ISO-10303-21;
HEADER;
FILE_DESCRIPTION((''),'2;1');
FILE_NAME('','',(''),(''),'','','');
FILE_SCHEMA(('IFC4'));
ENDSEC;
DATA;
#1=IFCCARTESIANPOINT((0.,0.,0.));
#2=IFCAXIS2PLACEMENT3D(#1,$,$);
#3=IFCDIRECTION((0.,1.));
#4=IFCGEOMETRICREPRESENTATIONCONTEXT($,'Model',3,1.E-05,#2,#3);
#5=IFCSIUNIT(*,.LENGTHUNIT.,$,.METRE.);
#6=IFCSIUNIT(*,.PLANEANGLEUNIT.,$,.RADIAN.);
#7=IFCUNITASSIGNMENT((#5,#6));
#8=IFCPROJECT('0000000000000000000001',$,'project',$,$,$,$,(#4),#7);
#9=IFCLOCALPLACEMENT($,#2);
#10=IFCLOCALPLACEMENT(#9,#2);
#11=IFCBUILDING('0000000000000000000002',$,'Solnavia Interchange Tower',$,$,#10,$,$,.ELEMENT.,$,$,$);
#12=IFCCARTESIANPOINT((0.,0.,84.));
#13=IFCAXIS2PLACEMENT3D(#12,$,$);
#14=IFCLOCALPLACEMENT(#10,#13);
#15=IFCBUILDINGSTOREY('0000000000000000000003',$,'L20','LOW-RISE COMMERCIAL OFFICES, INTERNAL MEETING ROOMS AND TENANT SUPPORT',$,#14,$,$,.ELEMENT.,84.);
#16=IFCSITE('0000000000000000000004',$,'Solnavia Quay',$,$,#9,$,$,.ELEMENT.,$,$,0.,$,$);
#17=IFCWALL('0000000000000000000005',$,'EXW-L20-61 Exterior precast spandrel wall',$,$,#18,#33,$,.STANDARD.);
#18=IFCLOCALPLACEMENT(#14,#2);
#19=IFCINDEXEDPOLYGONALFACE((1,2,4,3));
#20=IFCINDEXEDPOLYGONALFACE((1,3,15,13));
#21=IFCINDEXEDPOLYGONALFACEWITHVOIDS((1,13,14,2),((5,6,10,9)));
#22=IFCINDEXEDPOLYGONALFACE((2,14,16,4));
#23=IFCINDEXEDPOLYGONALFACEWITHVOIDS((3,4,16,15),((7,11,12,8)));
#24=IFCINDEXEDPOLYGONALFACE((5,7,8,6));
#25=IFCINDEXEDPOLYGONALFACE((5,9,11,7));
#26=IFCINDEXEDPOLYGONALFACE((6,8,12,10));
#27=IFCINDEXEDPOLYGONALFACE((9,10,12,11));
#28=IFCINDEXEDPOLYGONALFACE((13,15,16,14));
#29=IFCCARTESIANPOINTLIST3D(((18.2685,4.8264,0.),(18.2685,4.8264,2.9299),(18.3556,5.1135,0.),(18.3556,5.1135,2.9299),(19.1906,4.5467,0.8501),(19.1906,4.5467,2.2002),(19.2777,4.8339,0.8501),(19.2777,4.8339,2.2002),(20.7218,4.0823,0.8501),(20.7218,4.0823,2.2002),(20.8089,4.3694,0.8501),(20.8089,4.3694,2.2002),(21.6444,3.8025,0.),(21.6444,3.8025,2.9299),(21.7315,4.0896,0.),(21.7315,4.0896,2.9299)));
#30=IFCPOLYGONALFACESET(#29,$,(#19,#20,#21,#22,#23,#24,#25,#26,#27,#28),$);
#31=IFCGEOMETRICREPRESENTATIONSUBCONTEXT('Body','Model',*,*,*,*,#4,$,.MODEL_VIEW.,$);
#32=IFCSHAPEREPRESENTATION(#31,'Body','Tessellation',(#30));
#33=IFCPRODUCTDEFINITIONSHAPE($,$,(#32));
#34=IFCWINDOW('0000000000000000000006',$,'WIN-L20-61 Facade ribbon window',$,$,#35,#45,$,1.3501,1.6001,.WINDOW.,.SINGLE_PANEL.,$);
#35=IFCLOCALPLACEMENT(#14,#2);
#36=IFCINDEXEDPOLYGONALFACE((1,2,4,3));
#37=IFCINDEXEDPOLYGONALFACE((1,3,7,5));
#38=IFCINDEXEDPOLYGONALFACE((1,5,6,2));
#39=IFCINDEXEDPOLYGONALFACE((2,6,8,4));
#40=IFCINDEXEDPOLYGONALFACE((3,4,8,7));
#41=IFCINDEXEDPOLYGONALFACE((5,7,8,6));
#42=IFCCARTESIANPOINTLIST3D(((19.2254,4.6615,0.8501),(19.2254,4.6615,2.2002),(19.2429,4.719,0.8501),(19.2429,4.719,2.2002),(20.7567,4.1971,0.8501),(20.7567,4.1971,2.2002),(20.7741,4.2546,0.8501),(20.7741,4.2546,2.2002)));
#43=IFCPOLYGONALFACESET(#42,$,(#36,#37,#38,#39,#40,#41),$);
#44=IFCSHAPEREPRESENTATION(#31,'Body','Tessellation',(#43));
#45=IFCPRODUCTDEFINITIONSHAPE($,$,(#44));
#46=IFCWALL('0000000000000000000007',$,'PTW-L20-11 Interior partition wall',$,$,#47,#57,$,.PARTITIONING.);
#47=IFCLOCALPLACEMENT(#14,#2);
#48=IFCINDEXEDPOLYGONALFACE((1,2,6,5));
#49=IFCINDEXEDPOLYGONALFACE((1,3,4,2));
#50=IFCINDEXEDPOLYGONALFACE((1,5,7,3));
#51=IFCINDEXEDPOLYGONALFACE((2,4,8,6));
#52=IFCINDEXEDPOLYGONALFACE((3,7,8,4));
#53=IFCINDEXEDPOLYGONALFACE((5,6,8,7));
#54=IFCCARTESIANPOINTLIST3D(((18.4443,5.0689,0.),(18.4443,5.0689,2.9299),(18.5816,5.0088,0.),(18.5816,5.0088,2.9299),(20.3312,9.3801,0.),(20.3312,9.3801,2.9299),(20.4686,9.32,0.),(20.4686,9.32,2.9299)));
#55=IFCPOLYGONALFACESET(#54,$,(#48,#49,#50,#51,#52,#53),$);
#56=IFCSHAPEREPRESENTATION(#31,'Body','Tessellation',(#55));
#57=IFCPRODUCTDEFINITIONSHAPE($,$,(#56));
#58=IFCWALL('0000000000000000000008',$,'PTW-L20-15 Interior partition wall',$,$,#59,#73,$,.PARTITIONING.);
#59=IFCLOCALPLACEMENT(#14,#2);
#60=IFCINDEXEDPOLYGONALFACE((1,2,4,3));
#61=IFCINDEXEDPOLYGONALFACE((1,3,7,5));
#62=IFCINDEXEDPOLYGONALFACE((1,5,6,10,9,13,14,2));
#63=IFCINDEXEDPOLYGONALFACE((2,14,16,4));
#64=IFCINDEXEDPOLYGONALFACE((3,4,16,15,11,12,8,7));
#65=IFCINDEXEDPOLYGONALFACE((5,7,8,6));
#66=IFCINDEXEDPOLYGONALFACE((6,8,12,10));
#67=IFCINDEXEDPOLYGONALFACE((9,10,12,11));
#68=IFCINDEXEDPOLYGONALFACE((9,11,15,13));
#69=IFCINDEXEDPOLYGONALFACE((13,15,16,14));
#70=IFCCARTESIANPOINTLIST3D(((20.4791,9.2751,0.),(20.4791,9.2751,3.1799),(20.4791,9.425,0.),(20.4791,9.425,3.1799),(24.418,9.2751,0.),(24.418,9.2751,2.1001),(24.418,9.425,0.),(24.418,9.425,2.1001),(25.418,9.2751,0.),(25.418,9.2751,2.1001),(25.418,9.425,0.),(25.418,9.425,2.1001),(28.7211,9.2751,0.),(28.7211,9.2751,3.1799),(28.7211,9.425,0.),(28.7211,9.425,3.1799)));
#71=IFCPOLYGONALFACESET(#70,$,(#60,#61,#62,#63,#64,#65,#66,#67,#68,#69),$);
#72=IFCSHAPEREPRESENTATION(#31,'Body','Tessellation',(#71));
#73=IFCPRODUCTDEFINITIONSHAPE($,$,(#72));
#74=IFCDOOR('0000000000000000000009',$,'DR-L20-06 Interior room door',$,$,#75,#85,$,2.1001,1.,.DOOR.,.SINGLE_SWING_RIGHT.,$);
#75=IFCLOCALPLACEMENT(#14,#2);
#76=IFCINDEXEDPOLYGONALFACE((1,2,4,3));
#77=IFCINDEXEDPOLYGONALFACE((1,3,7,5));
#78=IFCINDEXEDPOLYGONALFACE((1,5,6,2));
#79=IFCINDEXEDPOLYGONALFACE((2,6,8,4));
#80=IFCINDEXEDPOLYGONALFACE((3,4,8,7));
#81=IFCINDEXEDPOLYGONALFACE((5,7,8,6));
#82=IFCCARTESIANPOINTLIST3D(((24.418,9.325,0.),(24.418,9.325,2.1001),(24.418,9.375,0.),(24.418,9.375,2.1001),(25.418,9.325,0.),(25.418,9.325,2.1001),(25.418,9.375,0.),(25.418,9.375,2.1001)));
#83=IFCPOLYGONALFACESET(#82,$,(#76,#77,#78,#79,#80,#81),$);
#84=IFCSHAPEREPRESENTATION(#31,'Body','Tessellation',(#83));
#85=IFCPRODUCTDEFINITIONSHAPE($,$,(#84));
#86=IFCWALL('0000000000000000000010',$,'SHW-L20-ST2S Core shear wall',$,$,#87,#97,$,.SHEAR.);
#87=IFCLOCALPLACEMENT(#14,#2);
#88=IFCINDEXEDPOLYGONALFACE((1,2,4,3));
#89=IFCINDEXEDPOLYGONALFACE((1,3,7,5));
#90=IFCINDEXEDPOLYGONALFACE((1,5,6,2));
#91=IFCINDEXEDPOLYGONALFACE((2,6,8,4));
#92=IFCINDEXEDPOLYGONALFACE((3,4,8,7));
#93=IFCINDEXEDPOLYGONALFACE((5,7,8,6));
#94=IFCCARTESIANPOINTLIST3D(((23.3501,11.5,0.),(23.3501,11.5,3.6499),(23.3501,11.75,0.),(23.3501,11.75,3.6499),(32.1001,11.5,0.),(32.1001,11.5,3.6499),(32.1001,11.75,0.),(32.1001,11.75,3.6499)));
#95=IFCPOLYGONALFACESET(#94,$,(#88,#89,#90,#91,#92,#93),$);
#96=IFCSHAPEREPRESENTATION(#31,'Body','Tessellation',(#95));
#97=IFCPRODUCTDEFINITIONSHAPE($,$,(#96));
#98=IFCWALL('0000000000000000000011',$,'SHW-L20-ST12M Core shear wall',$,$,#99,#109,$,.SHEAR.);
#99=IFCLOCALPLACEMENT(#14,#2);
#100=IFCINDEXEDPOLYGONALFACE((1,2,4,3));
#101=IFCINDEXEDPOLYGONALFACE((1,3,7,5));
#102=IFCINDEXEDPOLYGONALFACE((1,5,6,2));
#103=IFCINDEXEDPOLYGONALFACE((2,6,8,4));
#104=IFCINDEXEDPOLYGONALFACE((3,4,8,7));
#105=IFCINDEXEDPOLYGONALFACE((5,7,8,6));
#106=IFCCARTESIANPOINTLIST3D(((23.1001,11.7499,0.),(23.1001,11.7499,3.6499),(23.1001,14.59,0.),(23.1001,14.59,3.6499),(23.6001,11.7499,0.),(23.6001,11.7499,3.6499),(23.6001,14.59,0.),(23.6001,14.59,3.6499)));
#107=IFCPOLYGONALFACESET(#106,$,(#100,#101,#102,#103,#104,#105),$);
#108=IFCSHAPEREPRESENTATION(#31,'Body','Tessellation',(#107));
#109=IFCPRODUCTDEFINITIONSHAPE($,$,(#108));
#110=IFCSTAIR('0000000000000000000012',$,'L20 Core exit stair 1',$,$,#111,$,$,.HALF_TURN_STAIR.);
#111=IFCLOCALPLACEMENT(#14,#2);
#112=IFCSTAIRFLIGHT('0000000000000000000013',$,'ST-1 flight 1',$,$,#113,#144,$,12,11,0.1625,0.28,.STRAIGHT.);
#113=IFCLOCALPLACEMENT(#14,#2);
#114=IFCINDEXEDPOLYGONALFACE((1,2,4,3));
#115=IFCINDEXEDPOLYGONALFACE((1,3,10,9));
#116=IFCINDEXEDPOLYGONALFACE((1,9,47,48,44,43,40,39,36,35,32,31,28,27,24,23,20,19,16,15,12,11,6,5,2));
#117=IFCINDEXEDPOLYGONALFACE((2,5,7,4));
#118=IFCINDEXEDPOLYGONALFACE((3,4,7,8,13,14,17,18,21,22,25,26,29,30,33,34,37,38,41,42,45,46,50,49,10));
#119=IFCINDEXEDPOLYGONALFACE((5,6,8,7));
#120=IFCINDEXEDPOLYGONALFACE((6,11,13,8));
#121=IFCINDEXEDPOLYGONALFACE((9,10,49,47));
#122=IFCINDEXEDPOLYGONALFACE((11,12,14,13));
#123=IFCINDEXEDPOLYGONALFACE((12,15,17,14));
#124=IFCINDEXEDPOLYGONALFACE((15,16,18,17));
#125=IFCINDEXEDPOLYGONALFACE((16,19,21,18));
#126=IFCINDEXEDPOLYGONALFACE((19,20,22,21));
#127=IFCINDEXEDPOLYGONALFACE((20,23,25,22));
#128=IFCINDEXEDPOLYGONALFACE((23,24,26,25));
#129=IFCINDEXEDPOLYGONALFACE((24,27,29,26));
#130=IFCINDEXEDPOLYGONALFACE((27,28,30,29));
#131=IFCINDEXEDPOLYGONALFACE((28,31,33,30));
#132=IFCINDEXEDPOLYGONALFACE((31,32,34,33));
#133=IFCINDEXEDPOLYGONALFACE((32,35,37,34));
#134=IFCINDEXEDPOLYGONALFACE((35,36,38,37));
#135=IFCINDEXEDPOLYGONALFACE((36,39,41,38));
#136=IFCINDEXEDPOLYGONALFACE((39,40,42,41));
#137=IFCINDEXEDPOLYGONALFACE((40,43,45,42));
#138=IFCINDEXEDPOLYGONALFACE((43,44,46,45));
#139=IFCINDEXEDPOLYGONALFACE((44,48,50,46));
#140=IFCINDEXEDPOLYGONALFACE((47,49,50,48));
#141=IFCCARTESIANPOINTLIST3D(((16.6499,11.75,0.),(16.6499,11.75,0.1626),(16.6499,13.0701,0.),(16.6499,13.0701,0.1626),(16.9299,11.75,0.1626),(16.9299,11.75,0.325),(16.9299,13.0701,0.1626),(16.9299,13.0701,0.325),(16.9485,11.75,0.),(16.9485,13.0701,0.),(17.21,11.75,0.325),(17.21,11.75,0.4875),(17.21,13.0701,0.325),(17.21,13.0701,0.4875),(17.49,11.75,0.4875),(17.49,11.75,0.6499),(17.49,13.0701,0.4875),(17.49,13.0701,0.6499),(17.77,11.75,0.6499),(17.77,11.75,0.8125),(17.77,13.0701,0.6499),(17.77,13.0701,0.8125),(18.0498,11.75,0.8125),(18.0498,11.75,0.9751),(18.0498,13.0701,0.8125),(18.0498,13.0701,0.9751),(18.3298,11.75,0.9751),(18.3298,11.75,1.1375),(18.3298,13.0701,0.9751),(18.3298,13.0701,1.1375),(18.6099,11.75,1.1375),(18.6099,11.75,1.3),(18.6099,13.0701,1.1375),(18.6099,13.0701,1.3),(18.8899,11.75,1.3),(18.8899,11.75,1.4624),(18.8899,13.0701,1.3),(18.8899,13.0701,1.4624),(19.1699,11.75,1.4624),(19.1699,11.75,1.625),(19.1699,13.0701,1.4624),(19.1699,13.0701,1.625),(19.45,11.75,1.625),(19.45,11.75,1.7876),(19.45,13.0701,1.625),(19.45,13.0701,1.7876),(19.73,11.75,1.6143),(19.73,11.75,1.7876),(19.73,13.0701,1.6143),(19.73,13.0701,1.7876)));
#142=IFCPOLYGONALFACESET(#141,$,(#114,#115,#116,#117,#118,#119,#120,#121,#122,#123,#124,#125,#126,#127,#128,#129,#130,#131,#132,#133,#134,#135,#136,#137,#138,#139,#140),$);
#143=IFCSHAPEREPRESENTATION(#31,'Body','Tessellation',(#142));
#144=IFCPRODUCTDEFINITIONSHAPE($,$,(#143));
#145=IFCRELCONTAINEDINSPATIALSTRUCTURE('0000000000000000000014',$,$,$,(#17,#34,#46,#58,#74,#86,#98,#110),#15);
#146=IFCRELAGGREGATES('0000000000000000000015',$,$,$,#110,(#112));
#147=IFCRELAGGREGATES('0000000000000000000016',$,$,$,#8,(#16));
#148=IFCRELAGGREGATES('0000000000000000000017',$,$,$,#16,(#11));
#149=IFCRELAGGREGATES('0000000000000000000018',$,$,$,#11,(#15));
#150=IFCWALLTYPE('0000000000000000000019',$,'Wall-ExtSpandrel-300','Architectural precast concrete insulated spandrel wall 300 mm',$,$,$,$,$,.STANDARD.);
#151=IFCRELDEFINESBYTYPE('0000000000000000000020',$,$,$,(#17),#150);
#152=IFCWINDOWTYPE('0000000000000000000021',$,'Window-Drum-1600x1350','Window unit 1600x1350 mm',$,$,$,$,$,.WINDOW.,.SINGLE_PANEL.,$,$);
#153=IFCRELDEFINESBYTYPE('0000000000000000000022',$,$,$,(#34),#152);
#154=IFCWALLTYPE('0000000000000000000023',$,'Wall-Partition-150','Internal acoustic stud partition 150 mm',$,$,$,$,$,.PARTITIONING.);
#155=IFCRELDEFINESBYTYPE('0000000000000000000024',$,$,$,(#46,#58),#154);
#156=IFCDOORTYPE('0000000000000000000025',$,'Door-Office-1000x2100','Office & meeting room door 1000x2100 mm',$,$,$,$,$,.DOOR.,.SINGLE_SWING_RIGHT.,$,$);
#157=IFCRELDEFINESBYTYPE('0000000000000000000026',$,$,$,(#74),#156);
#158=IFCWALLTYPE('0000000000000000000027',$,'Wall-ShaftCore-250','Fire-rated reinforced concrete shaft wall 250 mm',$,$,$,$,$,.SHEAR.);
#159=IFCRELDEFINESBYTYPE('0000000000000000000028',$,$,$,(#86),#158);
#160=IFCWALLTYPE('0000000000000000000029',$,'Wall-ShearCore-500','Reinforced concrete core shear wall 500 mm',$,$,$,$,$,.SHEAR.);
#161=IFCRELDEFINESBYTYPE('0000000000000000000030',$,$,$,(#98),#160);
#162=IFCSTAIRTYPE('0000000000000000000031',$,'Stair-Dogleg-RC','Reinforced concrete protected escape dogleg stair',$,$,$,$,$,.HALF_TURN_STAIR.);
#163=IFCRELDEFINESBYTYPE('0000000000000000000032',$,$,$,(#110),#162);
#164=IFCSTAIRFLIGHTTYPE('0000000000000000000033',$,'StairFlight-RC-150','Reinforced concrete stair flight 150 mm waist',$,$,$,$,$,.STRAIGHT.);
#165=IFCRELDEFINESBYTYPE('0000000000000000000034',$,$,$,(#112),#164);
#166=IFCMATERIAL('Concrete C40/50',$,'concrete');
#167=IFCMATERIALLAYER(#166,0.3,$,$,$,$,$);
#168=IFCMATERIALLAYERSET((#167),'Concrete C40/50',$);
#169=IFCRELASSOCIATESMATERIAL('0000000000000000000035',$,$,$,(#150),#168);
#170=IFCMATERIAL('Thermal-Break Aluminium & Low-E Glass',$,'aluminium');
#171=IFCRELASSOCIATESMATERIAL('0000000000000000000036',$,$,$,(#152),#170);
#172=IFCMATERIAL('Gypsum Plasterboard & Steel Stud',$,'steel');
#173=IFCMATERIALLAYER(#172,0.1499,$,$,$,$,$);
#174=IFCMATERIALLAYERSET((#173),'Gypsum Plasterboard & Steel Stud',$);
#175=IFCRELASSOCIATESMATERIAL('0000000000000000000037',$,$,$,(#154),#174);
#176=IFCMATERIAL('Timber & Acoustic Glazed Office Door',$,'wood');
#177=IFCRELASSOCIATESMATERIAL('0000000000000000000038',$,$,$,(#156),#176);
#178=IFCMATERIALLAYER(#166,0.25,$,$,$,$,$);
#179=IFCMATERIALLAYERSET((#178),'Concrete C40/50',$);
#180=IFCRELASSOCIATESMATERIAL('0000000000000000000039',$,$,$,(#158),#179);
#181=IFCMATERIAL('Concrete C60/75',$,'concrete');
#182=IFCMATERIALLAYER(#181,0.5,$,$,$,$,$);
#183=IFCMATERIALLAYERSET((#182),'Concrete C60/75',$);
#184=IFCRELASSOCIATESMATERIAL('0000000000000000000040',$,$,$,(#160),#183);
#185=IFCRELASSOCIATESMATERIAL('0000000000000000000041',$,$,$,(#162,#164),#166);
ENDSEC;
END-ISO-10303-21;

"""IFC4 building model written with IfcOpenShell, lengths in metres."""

from ifc_helpers import new_model, si_unit, direction, frame, frame_2d, origin, place, context, subcontext, project, spatial, polyline, rectangle, outline, extrude, material, layer, layer_set, type_object, element, fill, aggregate, save


model = new_model("IFC4")

# Units and contexts
model_context = context("Model", 3, precision=1e-05, world=origin(), true_north=direction((0.0, 1.0)))
body_context = subcontext(model_context, "Body", "Model", "MODEL_VIEW")
ifc_project = project(units=[si_unit("LENGTHUNIT", "METRE"), si_unit("PLANEANGLEUNIT", "RADIAN")], contexts=[model_context])

# Site, building, storey
site_placement = place(None, origin())
site = spatial("IfcSite", under=ifc_project, at=site_placement, Name="Solnavia Quay", CompositionType="ELEMENT", RefElevation=0.0)
building_placement = place(site_placement, origin())
building = spatial("IfcBuilding", under=site, at=building_placement, Name="Solnavia Interchange Tower", CompositionType="ELEMENT")
storey_placement = place(building_placement, frame((0.0, 0.0, 84.0)))
storey = spatial("IfcBuildingStorey", under=building, at=storey_placement, Name="L20", Description="LOW-RISE COMMERCIAL OFFICES, INTERNAL MEETING ROOMS AND TENANT SUPPORT", CompositionType="ELEMENT", Elevation=84.0)

# Shared definitions
ifc_material_1 = material(Name="Concrete C60/75", Category="concrete")

# Wall, opening, window
ifc_material_2 = material(Name="Concrete C40/50", Category="concrete")
ifc_layer_1 = layer(ifc_material_2, 0.3)
ifc_layer_set_1 = layer_set([ifc_layer_1], Name="Concrete C40/50")
wall_type_1 = type_object("IfcWallType", Name="Wall-ExtSpandrel-300", Description="Architectural precast concrete insulated spandrel wall 300 mm", PredefinedType="STANDARD", material=ifc_layer_set_1)
ifc_material_3 = material(Name="Thermal-Break Aluminium & Low-E Glass", Category="aluminium")
window_type = type_object("IfcWindowType", Name="Window-Drum-1600x1350", Description="Window unit 1600x1350 mm", PartitioningType="SINGLE_PANEL", PredefinedType="WINDOW", material=ifc_material_3)
wall_1_placement = place(storey_placement, frame((21.688, 3.946, 0.0), z_axis=(0.0, 0.0, 1.0), x_axis=(-0.956953, 0.290242, 0.0)))
wall_1 = element("IfcWall", 1, at=wall_1_placement, inside=storey, type_object=wall_type_1, Name="EXW-L20-61 Exterior precast spandrel wall", PredefinedType="STANDARD", context=body_context, shape_type="SweptSolid", body=[
    extrude(rectangle(XDim=3.5278, YDim=0.3, at=frame_2d((1.7639, 0.0))), origin(), (0.0, 0.0, 1.0), 2.9299),
])
opening_1_placement = place(wall_1_placement, frame((0.9641, 0.0, 0.8501)))
opening_1 = element("IfcOpeningElement", 2, at=opening_1_placement, cuts=wall_1, PredefinedType="OPENING", context=body_context, shape_type="SweptSolid", body=[
    extrude(rectangle(XDim=1.6001, YDim=1.3501, at=frame_2d((0.8, 0.675))), frame((0.0, 0.1602, 0.0), z_axis=(0.0, -1.0, 0.0), x_axis=(1.0, 0.0, 0.0)), (0.0, 0.0, 1.0), 0.3201),
])
window_1_placement = place(opening_1_placement, origin())
window_1 = element("IfcWindow", 3, at=window_1_placement, inside=storey, type_object=window_type, Name="WIN-L20-61 Facade ribbon window", OverallHeight=1.3501, OverallWidth=1.6001, PartitioningType="SINGLE_PANEL", PredefinedType="WINDOW", context=body_context, shape_type="SweptSolid", body=[
    extrude(rectangle(XDim=1.6001, YDim=1.3501, at=frame_2d((0.8, 0.675))), frame((0.0, 0.03, 0.0), z_axis=(0.0, -1.0, 0.0), x_axis=(1.0, 0.0, 0.0)), (0.0, 0.0, 1.0), 0.0601),
])
fill(opening_1, window_1)

# Wall
ifc_material_4 = material(Name="Gypsum Plasterboard & Steel Stud", Category="steel")
ifc_layer_2 = layer(ifc_material_4, 0.1499)
ifc_layer_set_2 = layer_set([ifc_layer_2], Name="Gypsum Plasterboard & Steel Stud")
wall_type_2 = type_object("IfcWallType", Name="Wall-Partition-150", Description="Internal acoustic stud partition 150 mm", PredefinedType="PARTITIONING", material=ifc_layer_set_2)
wall_2_placement = place(storey_placement, frame((20.3999, 9.3501, 0.0), z_axis=(0.0, 0.0, 1.0), x_axis=(-0.400958, -0.916097, 0.0)))
element("IfcWall", 4, at=wall_2_placement, inside=storey, type_object=wall_type_2, Name="PTW-L20-11 Interior partition wall", PredefinedType="PARTITIONING", context=body_context, shape_type="SweptSolid", body=[
    extrude(rectangle(XDim=4.7061, YDim=0.1499, at=frame_2d((2.353, 0.0))), origin(), (0.0, 0.0, 1.0), 2.9299),
])

# Wall, opening, door
wall_3_placement = place(storey_placement, frame((20.479, 9.3501, 0.0), z_axis=(0.0, 0.0, 1.0), x_axis=(1.0, 0.0, 0.0)))
wall_3 = element("IfcWall", 5, at=wall_3_placement, inside=storey, type_object=wall_type_2, Name="PTW-L20-15 Interior partition wall", PredefinedType="PARTITIONING", context=body_context, shape_type="SweptSolid", body=[
    extrude(rectangle(XDim=8.2419, YDim=0.1499, at=frame_2d((4.1211, 0.0))), origin(), (0.0, 0.0, 1.0), 3.1799),
])
opening_2_placement = place(wall_3_placement, frame((3.939, 0.0, 0.0)))
opening_2 = element("IfcOpeningElement", 6, at=opening_2_placement, cuts=wall_3, PredefinedType="OPENING", context=body_context, shape_type="SweptSolid", body=[
    extrude(rectangle(XDim=1.0, YDim=2.1001, at=frame_2d((0.5, 1.05))), frame((0.0, 0.085, 0.0), z_axis=(0.0, -1.0, 0.0), x_axis=(1.0, 0.0, 0.0)), (0.0, 0.0, 1.0), 0.1699),
])
ifc_material_5 = material(Name="Timber & Acoustic Glazed Office Door", Category="wood")
door_type = type_object("IfcDoorType", Name="Door-Office-1000x2100", Description="Office & meeting room door 1000x2100 mm", OperationType="SINGLE_SWING_RIGHT", PredefinedType="DOOR", material=ifc_material_5)
door_placement = place(opening_2_placement, origin())
door = element("IfcDoor", 7, at=door_placement, inside=storey, type_object=door_type, Name="DR-L20-06 Interior room door", OperationType="SINGLE_SWING_RIGHT", OverallHeight=2.1001, OverallWidth=1.0, PredefinedType="DOOR", context=body_context, shape_type="SweptSolid", body=[
    extrude(rectangle(XDim=1.0, YDim=2.1001, at=frame_2d((0.5, 1.05))), frame((0.0, 0.0249, 0.0), z_axis=(0.0, -1.0, 0.0), x_axis=(1.0, 0.0, 0.0)), (0.0, 0.0, 1.0), 0.05),
])
fill(opening_2, door)

# Walls
ifc_layer_3 = layer(ifc_material_2, 0.25)
ifc_layer_set_3 = layer_set([ifc_layer_3], Name="Concrete C40/50")
wall_type_3 = type_object("IfcWallType", Name="Wall-ShaftCore-250", Description="Fire-rated reinforced concrete shaft wall 250 mm", PredefinedType="SHEAR", material=ifc_layer_set_3)
wall_4_placement = place(storey_placement, frame((23.3501, 11.625, 0.0), z_axis=(0.0, 0.0, 1.0), x_axis=(1.0, 0.0, 0.0)))
element("IfcWall", 8, at=wall_4_placement, inside=storey, type_object=wall_type_3, Name="SHW-L20-ST2S Core shear wall", PredefinedType="SHEAR", context=body_context, shape_type="SweptSolid", body=[
    extrude(rectangle(XDim=8.75, YDim=0.25, at=frame_2d((4.375, 0.0))), origin(), (0.0, 0.0, 1.0), 3.6499),
])
ifc_layer_4 = layer(ifc_material_1, 0.5)
ifc_layer_set_4 = layer_set([ifc_layer_4], Name="Concrete C60/75")
wall_type_4 = type_object("IfcWallType", Name="Wall-ShearCore-500", Description="Reinforced concrete core shear wall 500 mm", PredefinedType="SHEAR", material=ifc_layer_set_4)
wall_5_placement = place(storey_placement, frame((23.3501, 11.75, 0.0), z_axis=(0.0, 0.0, 1.0), x_axis=(0.0, 1.0, 0.0)))
element("IfcWall", 9, at=wall_5_placement, inside=storey, type_object=wall_type_4, Name="SHW-L20-ST12M Core shear wall", PredefinedType="SHEAR", context=body_context, shape_type="SweptSolid", body=[
    extrude(rectangle(XDim=2.8401, YDim=0.5, at=frame_2d((1.4199, 0.0))), origin(), (0.0, 0.0, 1.0), 3.6499),
])

# Stair, stair flight
stair_type = type_object("IfcStairType", Name="Stair-Dogleg-RC", Description="Reinforced concrete protected escape dogleg stair", PredefinedType="HALF_TURN_STAIR", material=ifc_material_2)
stair_placement = place(storey_placement, origin())
stair = element("IfcStair", 10, at=stair_placement, inside=storey, type_object=stair_type, Name="L20 Core exit stair 1", PredefinedType="HALF_TURN_STAIR")
stair_flight_type = type_object("IfcStairFlightType", Name="StairFlight-RC-150", Description="Reinforced concrete stair flight 150 mm waist", PredefinedType="STRAIGHT", material=ifc_material_2)
stair_flight_placement = place(storey_placement, frame((16.6499, 12.4099, 0.0), z_axis=(0.0, 0.0, 1.0), x_axis=(1.0, 0.0, 0.0)))
stair_flight = element("IfcStairFlight", 11, at=stair_flight_placement, type_object=stair_flight_type, Name="ST-1 flight 1", NumberOfRisers=12, NumberOfTreads=11, PredefinedType="STRAIGHT", RiserHeight=0.1625, TreadLength=0.28, context=body_context, shape_type="SweptSolid", body=[
    extrude(outline(polyline([(0.0, 0.0), (0.0, 0.1626), (0.28, 0.1626), (0.28, 0.325), (0.5601, 0.325), (0.5601, 0.4875), (0.8401, 0.4875), (0.8401, 0.6499), (1.1201, 0.6499), (1.1201, 0.8125), (1.3999, 0.8125), (1.3999, 0.9751), (1.6799, 0.9751), (1.6799, 1.1375), (1.96, 1.1375), (1.96, 1.3), (2.24, 1.3), (2.24, 1.4624), (2.52, 1.4624), (2.52, 1.625), (2.8, 1.625), (2.8, 1.7876), (3.0801, 1.7876), (3.0801, 1.95), (3.0801, 1.6143), (0.2986, 0.0), (0.0, 0.0)])), frame((0.0, 0.6602, 0.0), z_axis=(0.0, -1.0, 0.0), x_axis=(1.0, 0.0, 0.0)), (0.0, 0.0, 1.0), 1.3201),
])
aggregate(stair, [stair_flight])

save(model, "model.ifc")
